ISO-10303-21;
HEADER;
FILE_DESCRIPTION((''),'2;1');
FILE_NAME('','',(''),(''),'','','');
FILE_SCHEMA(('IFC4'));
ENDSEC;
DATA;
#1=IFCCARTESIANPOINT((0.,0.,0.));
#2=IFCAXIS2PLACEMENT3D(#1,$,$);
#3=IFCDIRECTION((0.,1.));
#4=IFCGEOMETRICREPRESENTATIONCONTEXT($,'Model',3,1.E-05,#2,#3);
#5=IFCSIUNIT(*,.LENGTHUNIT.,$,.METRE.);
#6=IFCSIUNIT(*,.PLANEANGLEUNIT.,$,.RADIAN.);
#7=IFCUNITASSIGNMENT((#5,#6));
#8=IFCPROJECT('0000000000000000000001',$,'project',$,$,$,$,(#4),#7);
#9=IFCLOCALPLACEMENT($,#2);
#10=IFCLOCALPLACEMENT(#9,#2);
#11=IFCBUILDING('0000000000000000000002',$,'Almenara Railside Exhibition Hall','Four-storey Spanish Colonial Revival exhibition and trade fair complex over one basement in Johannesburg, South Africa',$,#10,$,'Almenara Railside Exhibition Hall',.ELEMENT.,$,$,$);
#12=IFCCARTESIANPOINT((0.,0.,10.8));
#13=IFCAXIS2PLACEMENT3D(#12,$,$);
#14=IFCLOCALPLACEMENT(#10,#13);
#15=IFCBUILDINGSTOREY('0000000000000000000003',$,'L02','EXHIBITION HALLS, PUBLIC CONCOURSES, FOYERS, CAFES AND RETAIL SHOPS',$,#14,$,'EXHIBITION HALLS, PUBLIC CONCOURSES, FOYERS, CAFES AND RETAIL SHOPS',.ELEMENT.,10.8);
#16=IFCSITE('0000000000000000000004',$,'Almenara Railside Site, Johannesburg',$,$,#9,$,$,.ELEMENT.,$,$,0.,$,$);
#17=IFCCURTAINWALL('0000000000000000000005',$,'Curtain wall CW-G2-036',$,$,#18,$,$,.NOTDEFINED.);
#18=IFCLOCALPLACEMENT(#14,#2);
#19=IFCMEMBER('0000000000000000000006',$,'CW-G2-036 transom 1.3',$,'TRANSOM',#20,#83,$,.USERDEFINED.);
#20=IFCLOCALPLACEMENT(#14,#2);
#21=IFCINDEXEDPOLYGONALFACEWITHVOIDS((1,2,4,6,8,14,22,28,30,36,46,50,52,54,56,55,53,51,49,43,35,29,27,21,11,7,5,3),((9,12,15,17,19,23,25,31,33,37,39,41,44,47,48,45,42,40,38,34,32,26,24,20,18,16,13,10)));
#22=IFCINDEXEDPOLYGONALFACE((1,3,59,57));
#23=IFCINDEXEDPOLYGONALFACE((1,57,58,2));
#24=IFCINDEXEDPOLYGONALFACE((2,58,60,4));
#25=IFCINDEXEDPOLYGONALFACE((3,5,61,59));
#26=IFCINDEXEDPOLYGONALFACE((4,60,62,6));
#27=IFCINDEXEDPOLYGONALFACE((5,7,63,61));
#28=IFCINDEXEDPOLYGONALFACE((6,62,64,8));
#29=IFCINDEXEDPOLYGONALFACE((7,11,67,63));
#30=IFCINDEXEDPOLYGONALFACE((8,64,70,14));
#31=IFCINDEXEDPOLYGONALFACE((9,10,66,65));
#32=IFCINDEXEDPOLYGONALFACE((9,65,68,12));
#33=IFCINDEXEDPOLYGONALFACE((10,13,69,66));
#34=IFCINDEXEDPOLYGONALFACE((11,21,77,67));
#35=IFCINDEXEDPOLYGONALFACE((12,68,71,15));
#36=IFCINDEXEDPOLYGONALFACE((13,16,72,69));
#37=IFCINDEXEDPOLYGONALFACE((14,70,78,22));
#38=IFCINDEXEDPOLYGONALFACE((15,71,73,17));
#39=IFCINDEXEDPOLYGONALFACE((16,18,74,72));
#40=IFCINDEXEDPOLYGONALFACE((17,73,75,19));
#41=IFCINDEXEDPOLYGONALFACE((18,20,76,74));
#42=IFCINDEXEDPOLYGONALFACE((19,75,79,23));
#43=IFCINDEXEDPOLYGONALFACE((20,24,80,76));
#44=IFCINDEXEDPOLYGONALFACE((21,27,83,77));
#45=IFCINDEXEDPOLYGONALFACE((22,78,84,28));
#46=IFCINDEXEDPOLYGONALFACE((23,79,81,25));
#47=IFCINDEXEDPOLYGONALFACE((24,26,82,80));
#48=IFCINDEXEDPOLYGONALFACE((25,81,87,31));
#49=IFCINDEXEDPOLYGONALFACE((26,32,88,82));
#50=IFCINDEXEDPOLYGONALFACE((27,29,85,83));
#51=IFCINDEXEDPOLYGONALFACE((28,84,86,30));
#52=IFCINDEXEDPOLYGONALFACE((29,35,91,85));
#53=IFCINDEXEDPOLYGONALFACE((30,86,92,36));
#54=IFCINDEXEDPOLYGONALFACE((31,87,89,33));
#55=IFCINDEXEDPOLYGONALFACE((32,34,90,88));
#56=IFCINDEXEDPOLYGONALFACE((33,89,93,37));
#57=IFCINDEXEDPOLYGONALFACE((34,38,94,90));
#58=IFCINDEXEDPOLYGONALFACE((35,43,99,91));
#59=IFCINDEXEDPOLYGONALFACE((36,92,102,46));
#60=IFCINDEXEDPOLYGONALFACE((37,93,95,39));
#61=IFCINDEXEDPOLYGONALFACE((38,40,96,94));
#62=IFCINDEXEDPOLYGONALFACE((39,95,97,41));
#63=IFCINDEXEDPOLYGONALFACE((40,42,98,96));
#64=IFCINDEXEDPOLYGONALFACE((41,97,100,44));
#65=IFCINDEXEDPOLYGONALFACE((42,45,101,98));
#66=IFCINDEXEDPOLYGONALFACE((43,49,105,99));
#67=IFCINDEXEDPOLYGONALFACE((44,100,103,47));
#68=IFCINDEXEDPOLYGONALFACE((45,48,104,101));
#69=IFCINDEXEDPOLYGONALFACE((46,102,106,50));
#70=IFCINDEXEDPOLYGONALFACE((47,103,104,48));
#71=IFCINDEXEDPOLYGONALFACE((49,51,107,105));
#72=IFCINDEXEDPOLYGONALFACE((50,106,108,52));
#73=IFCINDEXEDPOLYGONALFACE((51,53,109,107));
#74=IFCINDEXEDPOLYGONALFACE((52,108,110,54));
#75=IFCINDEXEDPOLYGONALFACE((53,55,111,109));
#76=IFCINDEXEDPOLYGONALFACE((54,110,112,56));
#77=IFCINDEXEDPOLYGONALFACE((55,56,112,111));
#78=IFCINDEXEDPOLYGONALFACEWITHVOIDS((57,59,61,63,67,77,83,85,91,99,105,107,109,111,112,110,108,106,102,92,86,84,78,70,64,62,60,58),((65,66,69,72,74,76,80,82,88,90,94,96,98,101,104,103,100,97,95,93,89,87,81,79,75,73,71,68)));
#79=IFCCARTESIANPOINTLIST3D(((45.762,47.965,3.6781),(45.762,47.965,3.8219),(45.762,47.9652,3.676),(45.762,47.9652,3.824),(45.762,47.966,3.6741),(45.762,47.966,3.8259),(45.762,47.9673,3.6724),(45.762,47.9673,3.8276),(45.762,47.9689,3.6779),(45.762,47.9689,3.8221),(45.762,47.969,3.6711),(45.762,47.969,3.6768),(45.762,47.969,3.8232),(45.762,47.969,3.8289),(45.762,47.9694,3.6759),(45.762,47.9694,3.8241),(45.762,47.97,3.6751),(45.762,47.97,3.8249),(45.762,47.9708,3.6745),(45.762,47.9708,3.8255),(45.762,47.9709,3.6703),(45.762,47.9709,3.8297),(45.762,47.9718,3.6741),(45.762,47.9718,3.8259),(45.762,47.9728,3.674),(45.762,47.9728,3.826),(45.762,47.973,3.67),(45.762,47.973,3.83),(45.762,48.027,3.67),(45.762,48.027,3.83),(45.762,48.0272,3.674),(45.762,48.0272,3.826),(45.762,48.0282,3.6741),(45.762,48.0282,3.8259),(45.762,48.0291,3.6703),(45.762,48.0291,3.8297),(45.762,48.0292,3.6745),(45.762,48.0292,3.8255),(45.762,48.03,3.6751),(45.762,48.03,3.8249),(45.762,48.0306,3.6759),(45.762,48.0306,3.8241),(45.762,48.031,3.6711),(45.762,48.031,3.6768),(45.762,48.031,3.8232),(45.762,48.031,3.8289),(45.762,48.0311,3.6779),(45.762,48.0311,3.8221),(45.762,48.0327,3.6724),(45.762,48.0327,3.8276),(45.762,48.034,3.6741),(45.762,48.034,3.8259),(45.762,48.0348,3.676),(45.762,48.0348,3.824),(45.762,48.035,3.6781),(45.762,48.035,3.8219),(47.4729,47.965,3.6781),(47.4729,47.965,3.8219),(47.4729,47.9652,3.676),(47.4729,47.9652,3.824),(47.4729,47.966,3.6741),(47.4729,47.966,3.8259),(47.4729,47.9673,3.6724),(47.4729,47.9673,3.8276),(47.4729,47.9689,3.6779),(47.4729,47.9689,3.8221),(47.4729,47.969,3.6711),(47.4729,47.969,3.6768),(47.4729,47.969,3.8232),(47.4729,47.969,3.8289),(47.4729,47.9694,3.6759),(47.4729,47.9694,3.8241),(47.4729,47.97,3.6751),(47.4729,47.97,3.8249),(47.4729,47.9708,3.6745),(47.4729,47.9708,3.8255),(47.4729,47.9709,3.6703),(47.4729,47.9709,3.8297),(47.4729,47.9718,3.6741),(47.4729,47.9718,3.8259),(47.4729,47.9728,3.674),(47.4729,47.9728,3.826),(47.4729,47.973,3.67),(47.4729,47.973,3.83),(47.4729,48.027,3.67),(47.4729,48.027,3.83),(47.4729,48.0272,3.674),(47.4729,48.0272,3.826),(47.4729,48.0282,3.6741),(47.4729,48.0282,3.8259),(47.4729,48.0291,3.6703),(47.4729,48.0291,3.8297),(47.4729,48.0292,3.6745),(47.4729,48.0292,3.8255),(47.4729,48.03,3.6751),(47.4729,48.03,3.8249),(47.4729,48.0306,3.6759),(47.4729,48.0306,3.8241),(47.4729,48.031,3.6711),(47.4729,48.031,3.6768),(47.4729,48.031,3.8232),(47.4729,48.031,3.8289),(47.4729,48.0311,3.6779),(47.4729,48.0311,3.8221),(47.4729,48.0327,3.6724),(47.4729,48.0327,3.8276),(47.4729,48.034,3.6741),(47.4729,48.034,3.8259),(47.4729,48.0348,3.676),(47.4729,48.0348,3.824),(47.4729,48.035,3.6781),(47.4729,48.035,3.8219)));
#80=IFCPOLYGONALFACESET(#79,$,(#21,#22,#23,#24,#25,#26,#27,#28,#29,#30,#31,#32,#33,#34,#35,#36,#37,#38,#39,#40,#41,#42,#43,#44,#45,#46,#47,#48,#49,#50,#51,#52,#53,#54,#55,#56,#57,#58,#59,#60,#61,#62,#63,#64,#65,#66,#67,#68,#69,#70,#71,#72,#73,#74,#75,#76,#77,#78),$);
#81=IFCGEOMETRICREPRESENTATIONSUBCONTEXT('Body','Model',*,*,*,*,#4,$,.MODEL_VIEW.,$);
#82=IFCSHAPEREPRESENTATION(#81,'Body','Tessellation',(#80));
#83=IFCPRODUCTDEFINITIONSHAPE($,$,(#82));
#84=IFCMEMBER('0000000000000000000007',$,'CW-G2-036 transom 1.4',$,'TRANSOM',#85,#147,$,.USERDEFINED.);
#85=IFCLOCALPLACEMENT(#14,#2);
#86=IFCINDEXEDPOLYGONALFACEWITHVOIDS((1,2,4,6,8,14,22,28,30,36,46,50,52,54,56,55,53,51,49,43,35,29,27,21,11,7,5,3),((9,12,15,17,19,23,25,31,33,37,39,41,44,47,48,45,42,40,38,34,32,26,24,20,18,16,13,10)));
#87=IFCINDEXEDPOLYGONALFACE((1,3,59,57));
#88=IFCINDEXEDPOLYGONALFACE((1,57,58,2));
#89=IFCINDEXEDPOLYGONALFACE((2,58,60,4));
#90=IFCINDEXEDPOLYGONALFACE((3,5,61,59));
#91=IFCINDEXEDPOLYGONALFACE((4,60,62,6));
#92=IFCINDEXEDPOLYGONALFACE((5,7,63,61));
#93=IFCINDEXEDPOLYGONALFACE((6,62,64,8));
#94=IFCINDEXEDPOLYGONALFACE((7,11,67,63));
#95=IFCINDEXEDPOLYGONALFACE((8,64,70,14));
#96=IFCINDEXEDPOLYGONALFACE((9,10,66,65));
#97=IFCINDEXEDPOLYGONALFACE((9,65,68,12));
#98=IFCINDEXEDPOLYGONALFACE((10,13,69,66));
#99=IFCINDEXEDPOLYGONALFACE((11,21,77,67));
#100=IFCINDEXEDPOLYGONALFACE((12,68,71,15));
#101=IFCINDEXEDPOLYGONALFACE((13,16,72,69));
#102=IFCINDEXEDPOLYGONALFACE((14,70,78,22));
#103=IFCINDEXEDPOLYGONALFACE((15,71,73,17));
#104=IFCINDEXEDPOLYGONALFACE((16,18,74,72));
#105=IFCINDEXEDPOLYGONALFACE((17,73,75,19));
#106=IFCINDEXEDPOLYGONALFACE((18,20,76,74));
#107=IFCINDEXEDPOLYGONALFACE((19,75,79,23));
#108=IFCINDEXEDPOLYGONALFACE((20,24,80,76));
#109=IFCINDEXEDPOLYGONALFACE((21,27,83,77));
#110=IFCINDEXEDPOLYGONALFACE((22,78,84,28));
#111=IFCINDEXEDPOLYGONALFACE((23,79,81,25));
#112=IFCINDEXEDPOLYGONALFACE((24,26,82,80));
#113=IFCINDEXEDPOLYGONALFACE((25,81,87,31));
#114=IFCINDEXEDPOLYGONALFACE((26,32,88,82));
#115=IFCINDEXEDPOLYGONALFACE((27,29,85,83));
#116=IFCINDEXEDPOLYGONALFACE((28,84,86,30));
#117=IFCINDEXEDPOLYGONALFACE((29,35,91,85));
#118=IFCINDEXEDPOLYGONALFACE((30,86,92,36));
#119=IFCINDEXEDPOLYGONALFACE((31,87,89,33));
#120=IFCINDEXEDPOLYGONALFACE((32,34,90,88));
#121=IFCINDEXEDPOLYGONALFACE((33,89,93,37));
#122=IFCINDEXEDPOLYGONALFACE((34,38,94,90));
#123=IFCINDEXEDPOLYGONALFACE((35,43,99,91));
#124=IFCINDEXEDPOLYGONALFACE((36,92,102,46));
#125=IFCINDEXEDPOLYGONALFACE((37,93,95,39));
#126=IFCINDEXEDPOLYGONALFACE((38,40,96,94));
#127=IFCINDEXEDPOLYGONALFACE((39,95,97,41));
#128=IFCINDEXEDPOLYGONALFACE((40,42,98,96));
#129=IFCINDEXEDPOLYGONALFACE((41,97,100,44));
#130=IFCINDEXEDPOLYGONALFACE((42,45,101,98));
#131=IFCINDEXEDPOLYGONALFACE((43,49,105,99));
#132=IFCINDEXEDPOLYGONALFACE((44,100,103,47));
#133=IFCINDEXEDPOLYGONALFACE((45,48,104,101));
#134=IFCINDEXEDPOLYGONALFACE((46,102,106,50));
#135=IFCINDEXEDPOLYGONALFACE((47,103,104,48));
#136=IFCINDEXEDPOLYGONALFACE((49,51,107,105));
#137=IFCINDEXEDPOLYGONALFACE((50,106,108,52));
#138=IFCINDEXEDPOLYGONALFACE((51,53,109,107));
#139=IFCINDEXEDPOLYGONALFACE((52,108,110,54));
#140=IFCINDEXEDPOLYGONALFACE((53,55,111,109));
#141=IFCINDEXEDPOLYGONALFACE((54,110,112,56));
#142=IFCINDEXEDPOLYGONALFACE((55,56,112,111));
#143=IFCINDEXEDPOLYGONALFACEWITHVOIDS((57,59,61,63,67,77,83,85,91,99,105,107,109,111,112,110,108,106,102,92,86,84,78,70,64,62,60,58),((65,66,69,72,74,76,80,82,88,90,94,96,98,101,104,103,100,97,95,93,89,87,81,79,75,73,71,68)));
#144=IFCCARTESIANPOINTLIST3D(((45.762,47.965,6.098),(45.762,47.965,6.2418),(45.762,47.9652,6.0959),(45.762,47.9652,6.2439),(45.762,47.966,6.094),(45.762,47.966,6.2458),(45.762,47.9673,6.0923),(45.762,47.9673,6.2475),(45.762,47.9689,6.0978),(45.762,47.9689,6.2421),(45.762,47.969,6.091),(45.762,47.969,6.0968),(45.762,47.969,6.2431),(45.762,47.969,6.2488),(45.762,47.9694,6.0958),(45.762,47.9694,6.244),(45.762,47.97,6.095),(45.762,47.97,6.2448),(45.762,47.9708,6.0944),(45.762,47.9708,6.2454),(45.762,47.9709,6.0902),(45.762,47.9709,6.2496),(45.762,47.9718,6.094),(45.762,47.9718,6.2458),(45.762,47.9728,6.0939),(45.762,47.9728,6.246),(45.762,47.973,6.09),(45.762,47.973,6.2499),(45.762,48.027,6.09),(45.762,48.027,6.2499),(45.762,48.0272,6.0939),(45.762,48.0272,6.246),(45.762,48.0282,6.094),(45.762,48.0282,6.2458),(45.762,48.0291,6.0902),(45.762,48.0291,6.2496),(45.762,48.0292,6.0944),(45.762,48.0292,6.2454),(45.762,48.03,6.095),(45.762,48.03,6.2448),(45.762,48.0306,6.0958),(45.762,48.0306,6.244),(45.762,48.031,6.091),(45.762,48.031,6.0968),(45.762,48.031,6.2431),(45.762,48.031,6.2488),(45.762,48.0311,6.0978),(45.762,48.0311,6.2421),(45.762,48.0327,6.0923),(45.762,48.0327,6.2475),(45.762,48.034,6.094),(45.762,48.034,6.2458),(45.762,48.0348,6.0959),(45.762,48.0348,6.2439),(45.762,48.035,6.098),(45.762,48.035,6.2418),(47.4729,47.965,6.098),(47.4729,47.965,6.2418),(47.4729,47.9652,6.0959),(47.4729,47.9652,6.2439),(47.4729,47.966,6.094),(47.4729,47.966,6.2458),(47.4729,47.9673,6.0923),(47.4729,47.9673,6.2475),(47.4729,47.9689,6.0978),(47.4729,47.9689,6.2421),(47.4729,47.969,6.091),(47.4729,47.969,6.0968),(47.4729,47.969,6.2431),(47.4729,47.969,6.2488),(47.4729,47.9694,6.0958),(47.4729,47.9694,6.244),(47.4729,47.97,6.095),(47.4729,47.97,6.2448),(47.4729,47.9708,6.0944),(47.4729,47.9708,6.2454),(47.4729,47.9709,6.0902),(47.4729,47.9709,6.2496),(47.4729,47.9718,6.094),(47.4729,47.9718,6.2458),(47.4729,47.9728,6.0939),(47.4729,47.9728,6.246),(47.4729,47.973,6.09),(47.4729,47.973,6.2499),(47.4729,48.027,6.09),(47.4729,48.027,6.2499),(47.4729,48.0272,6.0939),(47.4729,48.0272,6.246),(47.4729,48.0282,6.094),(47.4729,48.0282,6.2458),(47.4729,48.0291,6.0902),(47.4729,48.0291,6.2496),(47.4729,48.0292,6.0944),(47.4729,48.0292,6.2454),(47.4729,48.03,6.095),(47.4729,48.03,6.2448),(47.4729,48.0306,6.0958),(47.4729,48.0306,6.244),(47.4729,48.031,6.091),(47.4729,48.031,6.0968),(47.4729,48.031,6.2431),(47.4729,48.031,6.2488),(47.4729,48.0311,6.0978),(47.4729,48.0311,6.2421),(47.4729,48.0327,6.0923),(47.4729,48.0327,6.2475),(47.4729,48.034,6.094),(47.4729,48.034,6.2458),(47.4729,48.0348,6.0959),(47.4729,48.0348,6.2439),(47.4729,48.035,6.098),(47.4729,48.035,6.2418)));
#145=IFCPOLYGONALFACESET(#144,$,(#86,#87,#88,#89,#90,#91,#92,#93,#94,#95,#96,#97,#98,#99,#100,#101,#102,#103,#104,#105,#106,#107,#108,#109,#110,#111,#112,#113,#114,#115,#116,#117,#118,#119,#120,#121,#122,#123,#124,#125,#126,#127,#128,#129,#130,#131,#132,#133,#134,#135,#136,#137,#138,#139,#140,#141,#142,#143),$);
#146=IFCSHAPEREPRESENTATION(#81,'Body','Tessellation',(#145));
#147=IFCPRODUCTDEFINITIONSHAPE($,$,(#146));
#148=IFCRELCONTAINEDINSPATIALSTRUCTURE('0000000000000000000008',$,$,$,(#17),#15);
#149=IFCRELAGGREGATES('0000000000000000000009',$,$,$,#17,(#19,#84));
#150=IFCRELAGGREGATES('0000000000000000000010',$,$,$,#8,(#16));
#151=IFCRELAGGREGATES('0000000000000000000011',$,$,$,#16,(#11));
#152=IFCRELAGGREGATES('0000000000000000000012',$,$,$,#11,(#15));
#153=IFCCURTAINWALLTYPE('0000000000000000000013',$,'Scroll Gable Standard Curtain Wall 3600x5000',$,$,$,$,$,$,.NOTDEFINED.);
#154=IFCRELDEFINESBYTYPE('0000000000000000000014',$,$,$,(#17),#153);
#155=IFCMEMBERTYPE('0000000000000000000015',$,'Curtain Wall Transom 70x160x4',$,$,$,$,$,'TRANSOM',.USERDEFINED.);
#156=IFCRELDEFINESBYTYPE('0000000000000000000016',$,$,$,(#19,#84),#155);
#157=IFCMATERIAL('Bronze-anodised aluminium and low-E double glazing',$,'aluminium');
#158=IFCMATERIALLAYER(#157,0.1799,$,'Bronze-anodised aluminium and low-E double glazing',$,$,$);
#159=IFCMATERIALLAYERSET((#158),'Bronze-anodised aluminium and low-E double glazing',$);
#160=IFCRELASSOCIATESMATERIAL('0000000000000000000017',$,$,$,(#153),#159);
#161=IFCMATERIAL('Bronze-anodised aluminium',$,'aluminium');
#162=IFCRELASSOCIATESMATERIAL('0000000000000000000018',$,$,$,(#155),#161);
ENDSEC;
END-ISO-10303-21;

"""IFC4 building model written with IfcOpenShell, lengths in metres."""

from ifc_helpers import new_model, si_unit, direction, frame, origin, origin_2d, place, context, subcontext, project, spatial, hollow_rectangle, extrude, material, layer, layer_set, material_profile, profile_set, type_object, element, aggregate, save


model = new_model("IFC4")

# Units and contexts
model_context = context("Model", 3, precision=1e-05, world=origin(), true_north=direction((0.0, 1.0)))
body_context = subcontext(model_context, "Body", "Model", "MODEL_VIEW")
ifc_project = project(units=[si_unit("LENGTHUNIT", "METRE"), si_unit("PLANEANGLEUNIT", "RADIAN")], contexts=[model_context])

# Site, building, storey
site_placement = place(None, origin())
site = spatial("IfcSite", under=ifc_project, at=site_placement, Name="Almenara Railside Site, Johannesburg", CompositionType="ELEMENT", RefElevation=0.0)
building_placement = place(site_placement, origin())
building = spatial("IfcBuilding", under=site, at=building_placement, Name="Almenara Railside Exhibition Hall", Description="Four-storey Spanish Colonial Revival exhibition and trade fair complex over one basement in Johannesburg, South Africa", LongName="Almenara Railside Exhibition Hall", CompositionType="ELEMENT")
storey_placement = place(building_placement, frame((0.0, 0.0, 10.8)))
storey = spatial("IfcBuildingStorey", under=building, at=storey_placement, Name="L02", Description="EXHIBITION HALLS, PUBLIC CONCOURSES, FOYERS, CAFES AND RETAIL SHOPS", LongName="EXHIBITION HALLS, PUBLIC CONCOURSES, FOYERS, CAFES AND RETAIL SHOPS", CompositionType="ELEMENT", Elevation=10.8)

# Curtain wall, members
ifc_material_1 = material(Name="Bronze-anodised aluminium and low-E double glazing", Category="aluminium")
ifc_layer_1 = layer(ifc_material_1, 0.1799, Name="Bronze-anodised aluminium and low-E double glazing")
ifc_layer_set_1 = layer_set([ifc_layer_1], Name="Bronze-anodised aluminium and low-E double glazing")
curtain_wall_type = type_object("IfcCurtainWallType", Name="Scroll Gable Standard Curtain Wall 3600x5000", PredefinedType="NOTDEFINED", material=ifc_layer_set_1)
curtain_wall_placement = place(storey_placement, origin())
curtain_wall = element("IfcCurtainWall", 1, at=curtain_wall_placement, inside=storey, type_object=curtain_wall_type, Name="Curtain wall CW-G2-036", PredefinedType="NOTDEFINED")
ifc_material_2 = material(Name="Bronze-anodised aluminium", Category="aluminium")
ifc_material_profile_1 = material_profile(ifc_material_2, hollow_rectangle(XDim=0.0701, YDim=0.1599, WallThickness=0.0039, InnerFilletRadius=0.0039, OuterFilletRadius=0.0081, at=origin_2d()), Name="ALU-TRN 70x160x4")
ifc_profile_set_1 = profile_set([ifc_material_profile_1], Name="Bronze-anodised aluminium")
member_type_1 = type_object("IfcMemberType", Name="Curtain Wall Transom 70x160x4", ElementType="TRANSOM", PredefinedType="USERDEFINED", material=ifc_profile_set_1)
member_1_placement = place(storey_placement, frame((45.762, 48.0, 3.75), z_axis=(1.0, 0.0, 0.0), x_axis=(0.0, 1.0, 0.0)))
member_1 = element("IfcMember", 2, at=member_1_placement, type_object=member_type_1, Name="CW-G2-036 transom 1.3", ObjectType="TRANSOM", PredefinedType="USERDEFINED", context=body_context, shape_type="SweptSolid", body=[
    extrude(hollow_rectangle(XDim=0.0701, YDim=0.1599, WallThickness=0.0039, InnerFilletRadius=0.0039, OuterFilletRadius=0.0081, at=origin_2d()), origin(), (0.0, 0.0, 1.0), 1.7109),
])
member_2_placement = place(storey_placement, frame((45.762, 48.0, 6.1699), z_axis=(1.0, 0.0, 0.0), x_axis=(0.0, 1.0, 0.0)))
member_2 = element("IfcMember", 3, at=member_2_placement, type_object=member_type_1, Name="CW-G2-036 transom 1.4", ObjectType="TRANSOM", PredefinedType="USERDEFINED", context=body_context, shape_type="SweptSolid", body=[
    extrude(hollow_rectangle(XDim=0.0701, YDim=0.1599, WallThickness=0.0039, InnerFilletRadius=0.0039, OuterFilletRadius=0.0081, at=origin_2d()), origin(), (0.0, 0.0, 1.0), 1.7109),
])
aggregate(curtain_wall, [member_1, member_2])

save(model, "model.ifc")
